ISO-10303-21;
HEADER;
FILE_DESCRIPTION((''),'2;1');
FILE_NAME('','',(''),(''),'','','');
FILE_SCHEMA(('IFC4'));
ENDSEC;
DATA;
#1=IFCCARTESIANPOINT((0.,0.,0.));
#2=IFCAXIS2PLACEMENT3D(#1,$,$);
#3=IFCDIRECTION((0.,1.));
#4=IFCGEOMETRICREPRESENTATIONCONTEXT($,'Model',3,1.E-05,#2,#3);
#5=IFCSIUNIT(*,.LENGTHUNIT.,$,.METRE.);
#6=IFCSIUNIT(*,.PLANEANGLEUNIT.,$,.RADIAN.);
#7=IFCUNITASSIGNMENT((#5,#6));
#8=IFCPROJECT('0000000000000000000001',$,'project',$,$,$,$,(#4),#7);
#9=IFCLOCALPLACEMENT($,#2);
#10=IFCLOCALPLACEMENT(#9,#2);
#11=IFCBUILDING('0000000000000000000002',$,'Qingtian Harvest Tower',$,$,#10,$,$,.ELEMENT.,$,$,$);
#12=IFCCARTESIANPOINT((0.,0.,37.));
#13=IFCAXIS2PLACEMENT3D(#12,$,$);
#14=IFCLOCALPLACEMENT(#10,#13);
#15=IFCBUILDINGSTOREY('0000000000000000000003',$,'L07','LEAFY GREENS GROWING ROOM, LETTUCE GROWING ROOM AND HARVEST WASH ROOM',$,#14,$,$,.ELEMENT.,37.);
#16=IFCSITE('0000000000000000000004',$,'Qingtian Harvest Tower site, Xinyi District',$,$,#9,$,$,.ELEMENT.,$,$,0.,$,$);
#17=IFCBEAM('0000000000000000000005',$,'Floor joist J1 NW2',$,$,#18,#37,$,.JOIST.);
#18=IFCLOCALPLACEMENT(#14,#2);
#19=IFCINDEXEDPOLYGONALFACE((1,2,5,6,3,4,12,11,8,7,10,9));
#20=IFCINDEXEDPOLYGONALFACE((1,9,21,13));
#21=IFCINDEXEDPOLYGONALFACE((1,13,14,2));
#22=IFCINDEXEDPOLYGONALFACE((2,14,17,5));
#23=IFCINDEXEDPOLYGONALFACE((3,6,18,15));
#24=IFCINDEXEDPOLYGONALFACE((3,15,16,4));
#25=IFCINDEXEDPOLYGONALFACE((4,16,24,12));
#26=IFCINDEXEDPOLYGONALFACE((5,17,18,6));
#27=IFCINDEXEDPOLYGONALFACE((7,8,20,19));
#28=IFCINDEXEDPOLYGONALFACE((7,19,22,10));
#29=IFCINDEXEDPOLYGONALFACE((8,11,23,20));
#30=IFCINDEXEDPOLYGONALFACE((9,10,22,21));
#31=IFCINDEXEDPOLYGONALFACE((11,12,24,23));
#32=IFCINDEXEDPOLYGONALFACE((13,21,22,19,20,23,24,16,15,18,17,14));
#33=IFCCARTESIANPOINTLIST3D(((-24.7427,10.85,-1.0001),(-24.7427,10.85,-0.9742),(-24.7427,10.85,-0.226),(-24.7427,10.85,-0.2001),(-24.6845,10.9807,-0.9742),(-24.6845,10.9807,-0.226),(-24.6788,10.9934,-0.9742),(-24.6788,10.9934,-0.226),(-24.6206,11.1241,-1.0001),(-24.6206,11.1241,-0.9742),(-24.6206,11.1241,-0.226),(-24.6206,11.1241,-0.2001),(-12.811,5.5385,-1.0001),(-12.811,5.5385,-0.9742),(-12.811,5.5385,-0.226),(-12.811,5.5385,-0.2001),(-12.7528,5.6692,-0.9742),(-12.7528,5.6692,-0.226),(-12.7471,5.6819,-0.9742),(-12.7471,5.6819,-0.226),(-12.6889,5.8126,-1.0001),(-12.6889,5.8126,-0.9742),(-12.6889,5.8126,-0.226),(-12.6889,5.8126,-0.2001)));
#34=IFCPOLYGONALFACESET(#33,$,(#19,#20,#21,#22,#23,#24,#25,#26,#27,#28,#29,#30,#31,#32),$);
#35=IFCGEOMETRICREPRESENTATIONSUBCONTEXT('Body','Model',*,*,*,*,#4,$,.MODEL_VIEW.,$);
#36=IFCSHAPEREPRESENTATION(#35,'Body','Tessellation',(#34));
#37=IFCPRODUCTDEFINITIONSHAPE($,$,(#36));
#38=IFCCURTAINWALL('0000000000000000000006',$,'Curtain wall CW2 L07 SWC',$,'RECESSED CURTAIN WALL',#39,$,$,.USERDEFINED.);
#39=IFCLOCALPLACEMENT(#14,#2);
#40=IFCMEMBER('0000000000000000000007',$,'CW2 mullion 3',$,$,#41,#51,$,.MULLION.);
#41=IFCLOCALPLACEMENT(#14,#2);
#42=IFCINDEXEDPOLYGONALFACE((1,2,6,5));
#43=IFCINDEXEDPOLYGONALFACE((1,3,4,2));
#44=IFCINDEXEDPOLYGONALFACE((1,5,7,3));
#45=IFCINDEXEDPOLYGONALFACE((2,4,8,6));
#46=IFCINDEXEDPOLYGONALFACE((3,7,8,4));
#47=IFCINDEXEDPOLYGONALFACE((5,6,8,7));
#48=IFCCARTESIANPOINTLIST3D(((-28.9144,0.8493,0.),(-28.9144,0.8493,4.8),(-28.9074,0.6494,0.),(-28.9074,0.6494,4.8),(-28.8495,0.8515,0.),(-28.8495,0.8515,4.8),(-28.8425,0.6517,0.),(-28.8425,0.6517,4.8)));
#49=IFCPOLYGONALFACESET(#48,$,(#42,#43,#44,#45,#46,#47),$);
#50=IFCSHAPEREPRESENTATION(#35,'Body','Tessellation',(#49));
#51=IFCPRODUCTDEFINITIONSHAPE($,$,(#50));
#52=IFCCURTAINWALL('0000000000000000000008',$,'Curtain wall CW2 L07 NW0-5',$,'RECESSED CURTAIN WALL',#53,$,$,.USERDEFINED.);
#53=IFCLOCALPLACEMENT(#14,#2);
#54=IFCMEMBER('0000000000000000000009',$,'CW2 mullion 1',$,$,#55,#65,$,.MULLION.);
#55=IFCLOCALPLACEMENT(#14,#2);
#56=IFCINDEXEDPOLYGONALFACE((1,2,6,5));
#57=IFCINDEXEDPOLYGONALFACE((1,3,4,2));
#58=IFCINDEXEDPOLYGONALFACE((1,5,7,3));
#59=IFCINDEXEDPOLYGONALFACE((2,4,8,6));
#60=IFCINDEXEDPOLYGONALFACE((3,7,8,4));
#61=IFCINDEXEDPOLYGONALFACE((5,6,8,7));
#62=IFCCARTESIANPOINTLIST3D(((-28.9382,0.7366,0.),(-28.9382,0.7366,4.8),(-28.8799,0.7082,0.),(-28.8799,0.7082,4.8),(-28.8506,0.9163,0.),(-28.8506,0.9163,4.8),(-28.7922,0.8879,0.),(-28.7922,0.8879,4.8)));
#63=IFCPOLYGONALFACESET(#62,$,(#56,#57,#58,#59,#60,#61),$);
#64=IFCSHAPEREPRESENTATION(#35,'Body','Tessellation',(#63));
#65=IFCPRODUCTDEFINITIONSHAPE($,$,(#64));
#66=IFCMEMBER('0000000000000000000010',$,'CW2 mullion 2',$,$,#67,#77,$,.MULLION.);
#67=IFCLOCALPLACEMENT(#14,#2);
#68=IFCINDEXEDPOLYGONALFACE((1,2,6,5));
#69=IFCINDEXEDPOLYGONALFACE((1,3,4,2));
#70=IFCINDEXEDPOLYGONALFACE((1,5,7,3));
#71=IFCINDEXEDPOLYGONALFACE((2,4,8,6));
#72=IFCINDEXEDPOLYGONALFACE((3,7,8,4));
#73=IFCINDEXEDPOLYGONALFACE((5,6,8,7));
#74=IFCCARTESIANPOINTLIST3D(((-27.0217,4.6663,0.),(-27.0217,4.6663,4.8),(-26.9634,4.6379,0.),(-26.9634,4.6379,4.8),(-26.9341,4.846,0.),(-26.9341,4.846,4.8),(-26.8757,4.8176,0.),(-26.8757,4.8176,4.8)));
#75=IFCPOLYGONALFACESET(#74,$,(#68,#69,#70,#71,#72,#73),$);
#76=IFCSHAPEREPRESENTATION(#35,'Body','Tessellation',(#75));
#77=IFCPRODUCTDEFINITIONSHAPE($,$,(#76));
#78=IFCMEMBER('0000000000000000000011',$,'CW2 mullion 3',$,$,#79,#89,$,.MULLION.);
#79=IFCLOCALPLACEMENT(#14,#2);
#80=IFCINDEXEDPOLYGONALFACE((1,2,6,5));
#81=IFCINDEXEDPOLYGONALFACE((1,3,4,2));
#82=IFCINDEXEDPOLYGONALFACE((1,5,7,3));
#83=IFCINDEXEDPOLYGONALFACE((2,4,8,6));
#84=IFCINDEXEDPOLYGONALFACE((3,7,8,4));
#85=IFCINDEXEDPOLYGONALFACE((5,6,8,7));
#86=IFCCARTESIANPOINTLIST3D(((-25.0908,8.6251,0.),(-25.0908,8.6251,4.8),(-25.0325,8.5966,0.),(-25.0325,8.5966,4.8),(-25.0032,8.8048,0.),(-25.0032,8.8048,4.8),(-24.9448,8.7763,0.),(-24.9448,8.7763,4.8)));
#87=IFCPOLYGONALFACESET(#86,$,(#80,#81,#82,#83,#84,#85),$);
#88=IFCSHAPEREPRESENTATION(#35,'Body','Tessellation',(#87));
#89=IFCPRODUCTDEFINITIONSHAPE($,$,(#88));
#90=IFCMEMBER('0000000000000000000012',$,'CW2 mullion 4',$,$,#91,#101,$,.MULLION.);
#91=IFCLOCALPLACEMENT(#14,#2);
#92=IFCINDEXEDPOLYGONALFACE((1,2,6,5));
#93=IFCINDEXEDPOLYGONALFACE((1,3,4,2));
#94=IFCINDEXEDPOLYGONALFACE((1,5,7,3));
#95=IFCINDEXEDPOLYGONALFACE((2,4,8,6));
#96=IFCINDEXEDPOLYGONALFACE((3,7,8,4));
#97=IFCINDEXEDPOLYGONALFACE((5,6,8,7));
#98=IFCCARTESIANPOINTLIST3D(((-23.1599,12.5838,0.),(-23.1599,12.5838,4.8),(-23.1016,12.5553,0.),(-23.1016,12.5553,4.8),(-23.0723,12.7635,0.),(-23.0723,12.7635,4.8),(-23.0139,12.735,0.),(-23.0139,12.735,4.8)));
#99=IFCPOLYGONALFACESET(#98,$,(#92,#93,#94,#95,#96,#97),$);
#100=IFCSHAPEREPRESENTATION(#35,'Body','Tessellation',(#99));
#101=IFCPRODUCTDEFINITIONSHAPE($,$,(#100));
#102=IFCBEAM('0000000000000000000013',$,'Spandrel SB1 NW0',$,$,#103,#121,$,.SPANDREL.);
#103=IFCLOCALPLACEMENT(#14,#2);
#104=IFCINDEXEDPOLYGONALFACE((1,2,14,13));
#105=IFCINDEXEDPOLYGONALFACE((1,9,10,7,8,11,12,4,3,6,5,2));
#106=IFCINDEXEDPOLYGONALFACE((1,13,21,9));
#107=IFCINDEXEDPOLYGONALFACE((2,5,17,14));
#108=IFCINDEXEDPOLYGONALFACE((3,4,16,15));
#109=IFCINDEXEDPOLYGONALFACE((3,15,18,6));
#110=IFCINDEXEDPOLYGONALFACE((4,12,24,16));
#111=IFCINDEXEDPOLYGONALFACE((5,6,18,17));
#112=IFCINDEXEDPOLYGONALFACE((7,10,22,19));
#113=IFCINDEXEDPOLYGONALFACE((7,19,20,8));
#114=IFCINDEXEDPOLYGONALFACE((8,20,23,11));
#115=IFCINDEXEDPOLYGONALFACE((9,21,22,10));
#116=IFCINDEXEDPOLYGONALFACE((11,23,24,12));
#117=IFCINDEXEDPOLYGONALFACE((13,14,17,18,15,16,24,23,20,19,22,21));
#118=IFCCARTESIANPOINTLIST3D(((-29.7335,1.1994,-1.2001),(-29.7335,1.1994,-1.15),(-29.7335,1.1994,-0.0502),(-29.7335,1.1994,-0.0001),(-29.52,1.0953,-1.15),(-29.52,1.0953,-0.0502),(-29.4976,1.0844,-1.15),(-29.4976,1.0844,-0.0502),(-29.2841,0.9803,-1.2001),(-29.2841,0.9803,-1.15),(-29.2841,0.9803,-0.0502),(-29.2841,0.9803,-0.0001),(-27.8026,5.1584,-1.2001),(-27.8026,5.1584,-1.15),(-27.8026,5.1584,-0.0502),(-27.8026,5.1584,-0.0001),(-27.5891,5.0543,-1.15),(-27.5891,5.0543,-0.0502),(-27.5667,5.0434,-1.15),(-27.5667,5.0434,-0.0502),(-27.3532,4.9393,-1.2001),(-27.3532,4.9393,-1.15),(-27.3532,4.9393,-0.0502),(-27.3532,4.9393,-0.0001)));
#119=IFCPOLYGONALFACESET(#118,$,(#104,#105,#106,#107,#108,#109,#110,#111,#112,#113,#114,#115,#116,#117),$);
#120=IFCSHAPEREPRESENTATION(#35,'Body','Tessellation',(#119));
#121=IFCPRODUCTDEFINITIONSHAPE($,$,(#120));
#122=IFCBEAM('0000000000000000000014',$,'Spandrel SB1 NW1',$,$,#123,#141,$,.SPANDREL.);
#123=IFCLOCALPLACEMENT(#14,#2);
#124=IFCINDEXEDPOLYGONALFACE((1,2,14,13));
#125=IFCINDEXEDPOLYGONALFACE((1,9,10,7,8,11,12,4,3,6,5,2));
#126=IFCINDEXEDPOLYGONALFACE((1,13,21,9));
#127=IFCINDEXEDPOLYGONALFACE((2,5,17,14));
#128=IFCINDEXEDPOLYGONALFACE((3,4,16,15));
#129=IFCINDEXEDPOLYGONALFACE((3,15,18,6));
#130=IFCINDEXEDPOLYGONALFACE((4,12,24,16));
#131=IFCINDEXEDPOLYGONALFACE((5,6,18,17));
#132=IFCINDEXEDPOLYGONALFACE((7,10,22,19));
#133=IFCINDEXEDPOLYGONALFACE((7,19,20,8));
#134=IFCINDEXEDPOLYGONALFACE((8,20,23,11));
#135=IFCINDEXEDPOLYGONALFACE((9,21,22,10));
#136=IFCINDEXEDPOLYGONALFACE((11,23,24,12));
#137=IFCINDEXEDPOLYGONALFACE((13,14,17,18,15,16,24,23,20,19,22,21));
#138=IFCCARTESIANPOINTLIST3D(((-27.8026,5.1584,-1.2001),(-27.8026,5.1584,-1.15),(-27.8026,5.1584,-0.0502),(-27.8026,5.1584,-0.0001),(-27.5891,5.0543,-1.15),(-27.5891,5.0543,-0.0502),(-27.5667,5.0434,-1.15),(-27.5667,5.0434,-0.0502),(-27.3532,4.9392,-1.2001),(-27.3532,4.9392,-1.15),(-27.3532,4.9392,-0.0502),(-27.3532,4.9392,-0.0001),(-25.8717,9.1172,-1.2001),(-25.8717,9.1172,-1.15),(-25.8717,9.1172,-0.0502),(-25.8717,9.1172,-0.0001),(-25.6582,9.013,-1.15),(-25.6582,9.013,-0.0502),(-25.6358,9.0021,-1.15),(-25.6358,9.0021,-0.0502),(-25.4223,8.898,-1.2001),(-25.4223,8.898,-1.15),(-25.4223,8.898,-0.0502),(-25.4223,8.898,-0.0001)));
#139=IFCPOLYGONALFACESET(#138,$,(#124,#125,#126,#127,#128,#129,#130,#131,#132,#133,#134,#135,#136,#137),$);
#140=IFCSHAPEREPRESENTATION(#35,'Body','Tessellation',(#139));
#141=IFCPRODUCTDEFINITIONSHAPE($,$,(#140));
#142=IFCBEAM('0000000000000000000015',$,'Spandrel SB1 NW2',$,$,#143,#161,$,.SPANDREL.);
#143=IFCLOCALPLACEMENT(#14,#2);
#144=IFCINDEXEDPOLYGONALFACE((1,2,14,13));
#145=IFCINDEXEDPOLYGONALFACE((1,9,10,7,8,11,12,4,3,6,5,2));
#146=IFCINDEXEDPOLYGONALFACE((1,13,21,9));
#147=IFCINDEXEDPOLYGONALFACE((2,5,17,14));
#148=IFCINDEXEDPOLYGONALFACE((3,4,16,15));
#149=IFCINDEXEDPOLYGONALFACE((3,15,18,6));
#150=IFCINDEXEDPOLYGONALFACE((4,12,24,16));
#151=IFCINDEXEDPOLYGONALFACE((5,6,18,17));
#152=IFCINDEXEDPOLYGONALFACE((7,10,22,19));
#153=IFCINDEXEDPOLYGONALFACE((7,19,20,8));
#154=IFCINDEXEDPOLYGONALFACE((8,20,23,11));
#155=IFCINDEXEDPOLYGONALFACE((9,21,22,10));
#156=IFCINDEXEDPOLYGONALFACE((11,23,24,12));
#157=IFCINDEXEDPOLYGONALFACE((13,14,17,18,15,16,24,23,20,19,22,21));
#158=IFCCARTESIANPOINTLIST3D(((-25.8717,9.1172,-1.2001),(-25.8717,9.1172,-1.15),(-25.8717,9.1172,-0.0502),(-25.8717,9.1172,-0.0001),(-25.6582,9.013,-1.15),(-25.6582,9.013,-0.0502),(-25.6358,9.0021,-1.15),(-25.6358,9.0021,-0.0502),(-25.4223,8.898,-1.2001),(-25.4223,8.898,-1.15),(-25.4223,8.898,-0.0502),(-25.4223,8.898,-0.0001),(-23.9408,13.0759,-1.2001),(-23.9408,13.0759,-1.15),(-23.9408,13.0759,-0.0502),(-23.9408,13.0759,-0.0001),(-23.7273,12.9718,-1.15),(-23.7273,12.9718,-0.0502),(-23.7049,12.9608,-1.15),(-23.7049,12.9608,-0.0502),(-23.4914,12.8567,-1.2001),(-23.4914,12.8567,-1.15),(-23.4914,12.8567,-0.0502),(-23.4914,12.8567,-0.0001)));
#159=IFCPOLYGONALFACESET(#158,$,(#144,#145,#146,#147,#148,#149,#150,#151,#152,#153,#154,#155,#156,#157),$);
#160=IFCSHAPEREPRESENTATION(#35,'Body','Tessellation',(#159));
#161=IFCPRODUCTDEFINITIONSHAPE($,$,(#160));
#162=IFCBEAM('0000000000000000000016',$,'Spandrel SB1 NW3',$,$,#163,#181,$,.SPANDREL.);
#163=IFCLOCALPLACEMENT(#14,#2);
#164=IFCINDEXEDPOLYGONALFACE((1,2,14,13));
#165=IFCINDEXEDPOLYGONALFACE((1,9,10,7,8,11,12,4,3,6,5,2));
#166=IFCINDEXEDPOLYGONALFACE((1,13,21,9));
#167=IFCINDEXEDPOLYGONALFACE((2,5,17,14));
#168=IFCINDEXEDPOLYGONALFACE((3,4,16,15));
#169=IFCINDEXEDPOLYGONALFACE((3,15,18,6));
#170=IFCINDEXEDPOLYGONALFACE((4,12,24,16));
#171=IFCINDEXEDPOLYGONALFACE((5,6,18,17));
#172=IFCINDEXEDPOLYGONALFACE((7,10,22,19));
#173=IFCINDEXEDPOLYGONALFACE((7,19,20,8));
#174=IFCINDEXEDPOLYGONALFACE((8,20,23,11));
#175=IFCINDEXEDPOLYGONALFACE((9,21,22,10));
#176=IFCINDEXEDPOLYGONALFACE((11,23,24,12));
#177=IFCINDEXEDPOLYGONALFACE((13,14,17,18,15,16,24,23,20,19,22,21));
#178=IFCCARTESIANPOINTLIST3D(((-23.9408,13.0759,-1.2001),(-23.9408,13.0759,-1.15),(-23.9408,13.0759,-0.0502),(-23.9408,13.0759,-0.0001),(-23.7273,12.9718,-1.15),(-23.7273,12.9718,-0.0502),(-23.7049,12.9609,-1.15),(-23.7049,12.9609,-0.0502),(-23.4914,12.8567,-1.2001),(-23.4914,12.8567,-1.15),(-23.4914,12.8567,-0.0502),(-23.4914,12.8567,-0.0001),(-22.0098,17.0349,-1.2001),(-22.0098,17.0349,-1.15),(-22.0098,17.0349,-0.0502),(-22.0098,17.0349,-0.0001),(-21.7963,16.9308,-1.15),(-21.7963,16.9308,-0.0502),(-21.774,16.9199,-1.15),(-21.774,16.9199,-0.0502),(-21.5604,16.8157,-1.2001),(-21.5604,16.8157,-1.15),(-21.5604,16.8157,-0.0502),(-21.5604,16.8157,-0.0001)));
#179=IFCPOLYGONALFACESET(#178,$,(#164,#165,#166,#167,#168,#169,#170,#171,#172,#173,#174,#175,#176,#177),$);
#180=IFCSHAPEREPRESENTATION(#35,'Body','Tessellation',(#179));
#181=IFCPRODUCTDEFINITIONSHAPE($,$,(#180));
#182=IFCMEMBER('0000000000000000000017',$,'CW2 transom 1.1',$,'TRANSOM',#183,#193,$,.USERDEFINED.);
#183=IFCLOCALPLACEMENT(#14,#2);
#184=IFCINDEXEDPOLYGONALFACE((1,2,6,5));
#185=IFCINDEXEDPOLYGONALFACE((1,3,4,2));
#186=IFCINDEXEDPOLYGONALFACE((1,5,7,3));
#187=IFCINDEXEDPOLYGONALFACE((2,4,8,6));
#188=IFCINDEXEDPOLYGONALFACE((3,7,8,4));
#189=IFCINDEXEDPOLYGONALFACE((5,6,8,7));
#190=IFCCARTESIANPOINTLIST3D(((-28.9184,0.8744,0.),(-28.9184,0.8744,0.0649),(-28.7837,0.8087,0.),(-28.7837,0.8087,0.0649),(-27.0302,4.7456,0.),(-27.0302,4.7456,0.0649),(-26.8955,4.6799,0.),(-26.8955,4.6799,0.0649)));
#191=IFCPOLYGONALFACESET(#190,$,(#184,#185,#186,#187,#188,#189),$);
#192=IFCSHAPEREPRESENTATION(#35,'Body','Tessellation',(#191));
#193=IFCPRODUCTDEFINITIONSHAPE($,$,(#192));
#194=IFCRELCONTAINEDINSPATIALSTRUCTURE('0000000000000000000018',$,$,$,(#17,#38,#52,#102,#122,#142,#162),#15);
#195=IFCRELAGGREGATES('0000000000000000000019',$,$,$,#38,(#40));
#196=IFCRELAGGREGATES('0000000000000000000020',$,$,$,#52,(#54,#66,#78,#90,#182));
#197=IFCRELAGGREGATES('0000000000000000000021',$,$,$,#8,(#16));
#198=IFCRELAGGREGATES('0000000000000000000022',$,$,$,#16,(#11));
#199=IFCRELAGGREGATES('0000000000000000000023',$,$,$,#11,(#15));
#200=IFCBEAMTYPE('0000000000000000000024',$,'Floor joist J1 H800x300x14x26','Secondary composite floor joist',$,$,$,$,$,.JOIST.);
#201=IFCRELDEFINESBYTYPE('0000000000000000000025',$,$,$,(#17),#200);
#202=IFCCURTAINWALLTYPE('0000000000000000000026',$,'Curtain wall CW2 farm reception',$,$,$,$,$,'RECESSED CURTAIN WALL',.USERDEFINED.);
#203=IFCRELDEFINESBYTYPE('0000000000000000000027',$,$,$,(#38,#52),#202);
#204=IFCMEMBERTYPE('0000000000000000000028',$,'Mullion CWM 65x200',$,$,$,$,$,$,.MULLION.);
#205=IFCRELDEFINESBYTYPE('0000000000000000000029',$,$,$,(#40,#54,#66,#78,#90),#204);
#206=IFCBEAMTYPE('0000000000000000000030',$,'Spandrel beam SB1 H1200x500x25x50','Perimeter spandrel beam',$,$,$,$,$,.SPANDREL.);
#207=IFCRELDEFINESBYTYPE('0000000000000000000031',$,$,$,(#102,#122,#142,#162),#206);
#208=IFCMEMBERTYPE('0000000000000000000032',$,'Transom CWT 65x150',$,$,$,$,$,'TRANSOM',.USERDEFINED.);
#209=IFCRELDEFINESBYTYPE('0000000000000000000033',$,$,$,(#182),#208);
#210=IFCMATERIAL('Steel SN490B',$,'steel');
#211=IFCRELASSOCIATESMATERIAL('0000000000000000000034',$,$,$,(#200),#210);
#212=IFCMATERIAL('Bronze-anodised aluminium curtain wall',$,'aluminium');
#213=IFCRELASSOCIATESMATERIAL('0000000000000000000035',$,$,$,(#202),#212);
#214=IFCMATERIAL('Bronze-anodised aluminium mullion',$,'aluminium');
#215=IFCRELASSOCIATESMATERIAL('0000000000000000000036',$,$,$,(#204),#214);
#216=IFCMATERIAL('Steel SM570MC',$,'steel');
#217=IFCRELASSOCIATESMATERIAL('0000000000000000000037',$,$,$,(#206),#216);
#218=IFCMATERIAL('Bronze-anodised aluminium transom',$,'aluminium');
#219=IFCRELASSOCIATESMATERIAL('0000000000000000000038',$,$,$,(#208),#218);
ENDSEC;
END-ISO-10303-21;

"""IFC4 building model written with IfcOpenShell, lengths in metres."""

from ifc_helpers import new_model, si_unit, direction, frame, origin, origin_2d, place, context, subcontext, project, spatial, rectangle, i_section, extrude, material, material_profile, profile_set, type_object, element, aggregate, save


model = new_model("IFC4")

# Units and contexts
model_context = context("Model", 3, precision=1e-05, world=origin(), true_north=direction((0.0, 1.0)))
body_context = subcontext(model_context, "Body", "Model", "MODEL_VIEW")
ifc_project = project(units=[si_unit("LENGTHUNIT", "METRE"), si_unit("PLANEANGLEUNIT", "RADIAN")], contexts=[model_context])

# Site, building, storey
site_placement = place(None, origin())
site = spatial("IfcSite", under=ifc_project, at=site_placement, Name="Qingtian Harvest Tower site, Xinyi District", CompositionType="ELEMENT", RefElevation=0.0)
building_placement = place(site_placement, origin())
building = spatial("IfcBuilding", under=site, at=building_placement, Name="Qingtian Harvest Tower", CompositionType="ELEMENT")
storey_placement = place(building_placement, frame((0.0, 0.0, 37.0)))
storey = spatial("IfcBuildingStorey", under=building, at=storey_placement, Name="L07", Description="LEAFY GREENS GROWING ROOM, LETTUCE GROWING ROOM AND HARVEST WASH ROOM", CompositionType="ELEMENT", Elevation=37.0)

# Beam
ifc_material_1 = material(Name="Steel SN490B", Category="steel")
ifc_material_profile_1 = material_profile(ifc_material_1, i_section(OverallWidth=0.3, OverallDepth=0.8, WebThickness=0.0139, FlangeThickness=0.0259, at=origin_2d()), Name="H800x300x14x26")
ifc_profile_set_1 = profile_set([ifc_material_profile_1], Name="Steel SN490B")
beam_type_1 = type_object("IfcBeamType", Name="Floor joist J1 H800x300x14x26", Description="Secondary composite floor joist", PredefinedType="JOIST", material=ifc_profile_set_1)
beam_1_placement = place(storey_placement, frame((-24.6816, 10.9871, -0.6001), z_axis=(0.913568, -0.406686, 0.0), x_axis=(0.406686, 0.913568, 0.0)))
element("IfcBeam", 1, at=beam_1_placement, inside=storey, type_object=beam_type_1, Name="Floor joist J1 NW2", PredefinedType="JOIST", context=body_context, shape_type="SweptSolid", body=[
    extrude(i_section(OverallWidth=0.3, OverallDepth=0.8, WebThickness=0.0139, FlangeThickness=0.0259, at=origin_2d()), origin(), (0.0, 0.0, 1.0), 13.0605),
])

# Curtain wall, member
ifc_material_2 = material(Name="Bronze-anodised aluminium curtain wall", Category="aluminium")
curtain_wall_type = type_object("IfcCurtainWallType", Name="Curtain wall CW2 farm reception", ElementType="RECESSED CURTAIN WALL", PredefinedType="USERDEFINED", material=ifc_material_2)
curtain_wall_1_placement = place(storey_placement, origin())
curtain_wall_1 = element("IfcCurtainWall", 2, at=curtain_wall_1_placement, inside=storey, type_object=curtain_wall_type, Name="Curtain wall CW2 L07 SWC", ObjectType="RECESSED CURTAIN WALL", PredefinedType="USERDEFINED")
ifc_material_3 = material(Name="Bronze-anodised aluminium mullion", Category="aluminium")
ifc_material_profile_2 = material_profile(ifc_material_3, rectangle(XDim=0.0649, YDim=0.2, at=origin_2d()), Name="AL 65x200")
ifc_profile_set_2 = profile_set([ifc_material_profile_2], Name="Bronze-anodised aluminium mullion")
member_type_1 = type_object("IfcMemberType", Name="Mullion CWM 65x200", PredefinedType="MULLION", material=ifc_profile_set_2)
member_1_placement = place(storey_placement, frame((-28.8784, 0.7505, 0.0), z_axis=(0.0, 0.0, 1.0), x_axis=(-0.999391, -0.034899, 0.0)))
member_1 = element("IfcMember", 3, at=member_1_placement, type_object=member_type_1, Name="CW2 mullion 3", PredefinedType="MULLION", context=body_context, shape_type="SweptSolid", body=[
    extrude(rectangle(XDim=0.0649, YDim=0.2, at=origin_2d()), origin(), (0.0, 0.0, 1.0), 4.8),
])
aggregate(curtain_wall_1, [member_1])

# Curtain wall, members
curtain_wall_2_placement = place(storey_placement, origin())
curtain_wall_2 = element("IfcCurtainWall", 4, at=curtain_wall_2_placement, inside=storey, type_object=curtain_wall_type, Name="Curtain wall CW2 L07 NW0-5", ObjectType="RECESSED CURTAIN WALL", PredefinedType="USERDEFINED")
member_2_placement = place(storey_placement, frame((-28.8652, 0.8123, 0.0), z_axis=(0.0, 0.0, 1.0), x_axis=(-0.898794, 0.438371, 0.0)))
member_2 = element("IfcMember", 5, at=member_2_placement, type_object=member_type_1, Name="CW2 mullion 1", PredefinedType="MULLION", context=body_context, shape_type="SweptSolid", body=[
    extrude(rectangle(XDim=0.0649, YDim=0.2, at=origin_2d()), origin(), (0.0, 0.0, 1.0), 4.8),
])
member_3_placement = place(storey_placement, frame((-26.9487, 4.7419, 0.0), z_axis=(0.0, 0.0, 1.0), x_axis=(-0.898794, 0.438371, 0.0)))
member_3 = element("IfcMember", 6, at=member_3_placement, type_object=member_type_1, Name="CW2 mullion 2", PredefinedType="MULLION", context=body_context, shape_type="SweptSolid", body=[
    extrude(rectangle(XDim=0.0649, YDim=0.2, at=origin_2d()), origin(), (0.0, 0.0, 1.0), 4.8),
])
member_4_placement = place(storey_placement, frame((-25.0178, 8.7007, 0.0), z_axis=(0.0, 0.0, 1.0), x_axis=(-0.898794, 0.438371, 0.0)))
member_4 = element("IfcMember", 7, at=member_4_placement, type_object=member_type_1, Name="CW2 mullion 3", PredefinedType="MULLION", context=body_context, shape_type="SweptSolid", body=[
    extrude(rectangle(XDim=0.0649, YDim=0.2, at=origin_2d()), origin(), (0.0, 0.0, 1.0), 4.8),
])
member_5_placement = place(storey_placement, frame((-23.0869, 12.6594, 0.0), z_axis=(0.0, 0.0, 1.0), x_axis=(-0.898794, 0.438371, 0.0)))
member_5 = element("IfcMember", 8, at=member_5_placement, type_object=member_type_1, Name="CW2 mullion 4", PredefinedType="MULLION", context=body_context, shape_type="SweptSolid", body=[
    extrude(rectangle(XDim=0.0649, YDim=0.2, at=origin_2d()), origin(), (0.0, 0.0, 1.0), 4.8),
])

# Beams
ifc_material_4 = material(Name="Steel SM570MC", Category="steel")
ifc_material_profile_3 = material_profile(ifc_material_4, i_section(OverallWidth=0.5, OverallDepth=1.2, WebThickness=0.0249, FlangeThickness=0.05, at=origin_2d()), Name="H1200x500x25x50")
ifc_profile_set_3 = profile_set([ifc_material_profile_3], Name="Steel SM570MC")
beam_type_2 = type_object("IfcBeamType", Name="Spandrel beam SB1 H1200x500x25x50", Description="Perimeter spandrel beam", PredefinedType="SPANDREL", material=ifc_profile_set_3)
beam_2_placement = place(storey_placement, frame((-29.5088, 1.0898, -0.6001), z_axis=(0.438368, 0.898796, 0.0), x_axis=(-0.898796, 0.438368, 0.0)))
element("IfcBeam", 9, at=beam_2_placement, inside=storey, type_object=beam_type_2, Name="Spandrel SB1 NW0", PredefinedType="SPANDREL", context=body_context, shape_type="SweptSolid", body=[
    extrude(i_section(OverallWidth=0.5, OverallDepth=1.2, WebThickness=0.0249, FlangeThickness=0.05, at=origin_2d()), origin(), (0.0, 0.0, 1.0), 4.4048),
])
for number, where, z_axis, x_axis, name in (
    (10, (-27.5779, 5.0488, -0.6001), (0.43839, 0.898785, 0.0), (-0.898785, 0.43839, 0.0), "Spandrel SB1 NW1"),
    (11, (-25.647, 9.0076, -0.6001), (0.43839, 0.898785, 0.0), (-0.898785, 0.43839, 0.0), "Spandrel SB1 NW2"),
):
    element("IfcBeam", number, at=place(storey_placement, frame(where, z_axis=z_axis, x_axis=x_axis)), inside=storey, type_object=beam_type_2, Name=name, PredefinedType="SPANDREL", context=body_context, shape_type="SweptSolid", body=[
        extrude(i_section(OverallWidth=0.5, OverallDepth=1.2, WebThickness=0.0249, FlangeThickness=0.05, at=origin_2d()), origin(), (0.0, 0.0, 1.0), 4.4045),
    ])
beam_3_placement = place(storey_placement, frame((-23.7161, 12.9663, -0.6001), z_axis=(0.438368, 0.898796, 0.0), x_axis=(-0.898796, 0.438368, 0.0)))
element("IfcBeam", 12, at=beam_3_placement, inside=storey, type_object=beam_type_2, Name="Spandrel SB1 NW3", PredefinedType="SPANDREL", context=body_context, shape_type="SweptSolid", body=[
    extrude(i_section(OverallWidth=0.5, OverallDepth=1.2, WebThickness=0.0249, FlangeThickness=0.05, at=origin_2d()), origin(), (0.0, 0.0, 1.0), 4.4048),
])

# Member
ifc_material_5 = material(Name="Bronze-anodised aluminium transom", Category="aluminium")
ifc_material_profile_4 = material_profile(ifc_material_5, rectangle(XDim=0.1499, YDim=0.0649, at=origin_2d()), Name="AL 65x150")
ifc_profile_set_4 = profile_set([ifc_material_profile_4], Name="Bronze-anodised aluminium transom")
member_type_2 = type_object("IfcMemberType", Name="Transom CWT 65x150", ElementType="TRANSOM", PredefinedType="USERDEFINED", material=ifc_profile_set_4)
member_6_placement = place(storey_placement, frame((-28.8511, 0.8416, 0.0325), z_axis=(0.438395, 0.898783, 0.0), x_axis=(-0.898783, 0.438395, 0.0)))
member_6 = element("IfcMember", 13, at=member_6_placement, type_object=member_type_2, Name="CW2 transom 1.1", ObjectType="TRANSOM", PredefinedType="USERDEFINED", context=body_context, shape_type="SweptSolid", body=[
    extrude(rectangle(XDim=0.1499, YDim=0.0649, at=origin_2d()), origin(), (0.0, 0.0, 1.0), 4.3071),
])

aggregate(curtain_wall_2, [member_2, member_3, member_4, member_5, member_6])

save(model, "model.ifc")
